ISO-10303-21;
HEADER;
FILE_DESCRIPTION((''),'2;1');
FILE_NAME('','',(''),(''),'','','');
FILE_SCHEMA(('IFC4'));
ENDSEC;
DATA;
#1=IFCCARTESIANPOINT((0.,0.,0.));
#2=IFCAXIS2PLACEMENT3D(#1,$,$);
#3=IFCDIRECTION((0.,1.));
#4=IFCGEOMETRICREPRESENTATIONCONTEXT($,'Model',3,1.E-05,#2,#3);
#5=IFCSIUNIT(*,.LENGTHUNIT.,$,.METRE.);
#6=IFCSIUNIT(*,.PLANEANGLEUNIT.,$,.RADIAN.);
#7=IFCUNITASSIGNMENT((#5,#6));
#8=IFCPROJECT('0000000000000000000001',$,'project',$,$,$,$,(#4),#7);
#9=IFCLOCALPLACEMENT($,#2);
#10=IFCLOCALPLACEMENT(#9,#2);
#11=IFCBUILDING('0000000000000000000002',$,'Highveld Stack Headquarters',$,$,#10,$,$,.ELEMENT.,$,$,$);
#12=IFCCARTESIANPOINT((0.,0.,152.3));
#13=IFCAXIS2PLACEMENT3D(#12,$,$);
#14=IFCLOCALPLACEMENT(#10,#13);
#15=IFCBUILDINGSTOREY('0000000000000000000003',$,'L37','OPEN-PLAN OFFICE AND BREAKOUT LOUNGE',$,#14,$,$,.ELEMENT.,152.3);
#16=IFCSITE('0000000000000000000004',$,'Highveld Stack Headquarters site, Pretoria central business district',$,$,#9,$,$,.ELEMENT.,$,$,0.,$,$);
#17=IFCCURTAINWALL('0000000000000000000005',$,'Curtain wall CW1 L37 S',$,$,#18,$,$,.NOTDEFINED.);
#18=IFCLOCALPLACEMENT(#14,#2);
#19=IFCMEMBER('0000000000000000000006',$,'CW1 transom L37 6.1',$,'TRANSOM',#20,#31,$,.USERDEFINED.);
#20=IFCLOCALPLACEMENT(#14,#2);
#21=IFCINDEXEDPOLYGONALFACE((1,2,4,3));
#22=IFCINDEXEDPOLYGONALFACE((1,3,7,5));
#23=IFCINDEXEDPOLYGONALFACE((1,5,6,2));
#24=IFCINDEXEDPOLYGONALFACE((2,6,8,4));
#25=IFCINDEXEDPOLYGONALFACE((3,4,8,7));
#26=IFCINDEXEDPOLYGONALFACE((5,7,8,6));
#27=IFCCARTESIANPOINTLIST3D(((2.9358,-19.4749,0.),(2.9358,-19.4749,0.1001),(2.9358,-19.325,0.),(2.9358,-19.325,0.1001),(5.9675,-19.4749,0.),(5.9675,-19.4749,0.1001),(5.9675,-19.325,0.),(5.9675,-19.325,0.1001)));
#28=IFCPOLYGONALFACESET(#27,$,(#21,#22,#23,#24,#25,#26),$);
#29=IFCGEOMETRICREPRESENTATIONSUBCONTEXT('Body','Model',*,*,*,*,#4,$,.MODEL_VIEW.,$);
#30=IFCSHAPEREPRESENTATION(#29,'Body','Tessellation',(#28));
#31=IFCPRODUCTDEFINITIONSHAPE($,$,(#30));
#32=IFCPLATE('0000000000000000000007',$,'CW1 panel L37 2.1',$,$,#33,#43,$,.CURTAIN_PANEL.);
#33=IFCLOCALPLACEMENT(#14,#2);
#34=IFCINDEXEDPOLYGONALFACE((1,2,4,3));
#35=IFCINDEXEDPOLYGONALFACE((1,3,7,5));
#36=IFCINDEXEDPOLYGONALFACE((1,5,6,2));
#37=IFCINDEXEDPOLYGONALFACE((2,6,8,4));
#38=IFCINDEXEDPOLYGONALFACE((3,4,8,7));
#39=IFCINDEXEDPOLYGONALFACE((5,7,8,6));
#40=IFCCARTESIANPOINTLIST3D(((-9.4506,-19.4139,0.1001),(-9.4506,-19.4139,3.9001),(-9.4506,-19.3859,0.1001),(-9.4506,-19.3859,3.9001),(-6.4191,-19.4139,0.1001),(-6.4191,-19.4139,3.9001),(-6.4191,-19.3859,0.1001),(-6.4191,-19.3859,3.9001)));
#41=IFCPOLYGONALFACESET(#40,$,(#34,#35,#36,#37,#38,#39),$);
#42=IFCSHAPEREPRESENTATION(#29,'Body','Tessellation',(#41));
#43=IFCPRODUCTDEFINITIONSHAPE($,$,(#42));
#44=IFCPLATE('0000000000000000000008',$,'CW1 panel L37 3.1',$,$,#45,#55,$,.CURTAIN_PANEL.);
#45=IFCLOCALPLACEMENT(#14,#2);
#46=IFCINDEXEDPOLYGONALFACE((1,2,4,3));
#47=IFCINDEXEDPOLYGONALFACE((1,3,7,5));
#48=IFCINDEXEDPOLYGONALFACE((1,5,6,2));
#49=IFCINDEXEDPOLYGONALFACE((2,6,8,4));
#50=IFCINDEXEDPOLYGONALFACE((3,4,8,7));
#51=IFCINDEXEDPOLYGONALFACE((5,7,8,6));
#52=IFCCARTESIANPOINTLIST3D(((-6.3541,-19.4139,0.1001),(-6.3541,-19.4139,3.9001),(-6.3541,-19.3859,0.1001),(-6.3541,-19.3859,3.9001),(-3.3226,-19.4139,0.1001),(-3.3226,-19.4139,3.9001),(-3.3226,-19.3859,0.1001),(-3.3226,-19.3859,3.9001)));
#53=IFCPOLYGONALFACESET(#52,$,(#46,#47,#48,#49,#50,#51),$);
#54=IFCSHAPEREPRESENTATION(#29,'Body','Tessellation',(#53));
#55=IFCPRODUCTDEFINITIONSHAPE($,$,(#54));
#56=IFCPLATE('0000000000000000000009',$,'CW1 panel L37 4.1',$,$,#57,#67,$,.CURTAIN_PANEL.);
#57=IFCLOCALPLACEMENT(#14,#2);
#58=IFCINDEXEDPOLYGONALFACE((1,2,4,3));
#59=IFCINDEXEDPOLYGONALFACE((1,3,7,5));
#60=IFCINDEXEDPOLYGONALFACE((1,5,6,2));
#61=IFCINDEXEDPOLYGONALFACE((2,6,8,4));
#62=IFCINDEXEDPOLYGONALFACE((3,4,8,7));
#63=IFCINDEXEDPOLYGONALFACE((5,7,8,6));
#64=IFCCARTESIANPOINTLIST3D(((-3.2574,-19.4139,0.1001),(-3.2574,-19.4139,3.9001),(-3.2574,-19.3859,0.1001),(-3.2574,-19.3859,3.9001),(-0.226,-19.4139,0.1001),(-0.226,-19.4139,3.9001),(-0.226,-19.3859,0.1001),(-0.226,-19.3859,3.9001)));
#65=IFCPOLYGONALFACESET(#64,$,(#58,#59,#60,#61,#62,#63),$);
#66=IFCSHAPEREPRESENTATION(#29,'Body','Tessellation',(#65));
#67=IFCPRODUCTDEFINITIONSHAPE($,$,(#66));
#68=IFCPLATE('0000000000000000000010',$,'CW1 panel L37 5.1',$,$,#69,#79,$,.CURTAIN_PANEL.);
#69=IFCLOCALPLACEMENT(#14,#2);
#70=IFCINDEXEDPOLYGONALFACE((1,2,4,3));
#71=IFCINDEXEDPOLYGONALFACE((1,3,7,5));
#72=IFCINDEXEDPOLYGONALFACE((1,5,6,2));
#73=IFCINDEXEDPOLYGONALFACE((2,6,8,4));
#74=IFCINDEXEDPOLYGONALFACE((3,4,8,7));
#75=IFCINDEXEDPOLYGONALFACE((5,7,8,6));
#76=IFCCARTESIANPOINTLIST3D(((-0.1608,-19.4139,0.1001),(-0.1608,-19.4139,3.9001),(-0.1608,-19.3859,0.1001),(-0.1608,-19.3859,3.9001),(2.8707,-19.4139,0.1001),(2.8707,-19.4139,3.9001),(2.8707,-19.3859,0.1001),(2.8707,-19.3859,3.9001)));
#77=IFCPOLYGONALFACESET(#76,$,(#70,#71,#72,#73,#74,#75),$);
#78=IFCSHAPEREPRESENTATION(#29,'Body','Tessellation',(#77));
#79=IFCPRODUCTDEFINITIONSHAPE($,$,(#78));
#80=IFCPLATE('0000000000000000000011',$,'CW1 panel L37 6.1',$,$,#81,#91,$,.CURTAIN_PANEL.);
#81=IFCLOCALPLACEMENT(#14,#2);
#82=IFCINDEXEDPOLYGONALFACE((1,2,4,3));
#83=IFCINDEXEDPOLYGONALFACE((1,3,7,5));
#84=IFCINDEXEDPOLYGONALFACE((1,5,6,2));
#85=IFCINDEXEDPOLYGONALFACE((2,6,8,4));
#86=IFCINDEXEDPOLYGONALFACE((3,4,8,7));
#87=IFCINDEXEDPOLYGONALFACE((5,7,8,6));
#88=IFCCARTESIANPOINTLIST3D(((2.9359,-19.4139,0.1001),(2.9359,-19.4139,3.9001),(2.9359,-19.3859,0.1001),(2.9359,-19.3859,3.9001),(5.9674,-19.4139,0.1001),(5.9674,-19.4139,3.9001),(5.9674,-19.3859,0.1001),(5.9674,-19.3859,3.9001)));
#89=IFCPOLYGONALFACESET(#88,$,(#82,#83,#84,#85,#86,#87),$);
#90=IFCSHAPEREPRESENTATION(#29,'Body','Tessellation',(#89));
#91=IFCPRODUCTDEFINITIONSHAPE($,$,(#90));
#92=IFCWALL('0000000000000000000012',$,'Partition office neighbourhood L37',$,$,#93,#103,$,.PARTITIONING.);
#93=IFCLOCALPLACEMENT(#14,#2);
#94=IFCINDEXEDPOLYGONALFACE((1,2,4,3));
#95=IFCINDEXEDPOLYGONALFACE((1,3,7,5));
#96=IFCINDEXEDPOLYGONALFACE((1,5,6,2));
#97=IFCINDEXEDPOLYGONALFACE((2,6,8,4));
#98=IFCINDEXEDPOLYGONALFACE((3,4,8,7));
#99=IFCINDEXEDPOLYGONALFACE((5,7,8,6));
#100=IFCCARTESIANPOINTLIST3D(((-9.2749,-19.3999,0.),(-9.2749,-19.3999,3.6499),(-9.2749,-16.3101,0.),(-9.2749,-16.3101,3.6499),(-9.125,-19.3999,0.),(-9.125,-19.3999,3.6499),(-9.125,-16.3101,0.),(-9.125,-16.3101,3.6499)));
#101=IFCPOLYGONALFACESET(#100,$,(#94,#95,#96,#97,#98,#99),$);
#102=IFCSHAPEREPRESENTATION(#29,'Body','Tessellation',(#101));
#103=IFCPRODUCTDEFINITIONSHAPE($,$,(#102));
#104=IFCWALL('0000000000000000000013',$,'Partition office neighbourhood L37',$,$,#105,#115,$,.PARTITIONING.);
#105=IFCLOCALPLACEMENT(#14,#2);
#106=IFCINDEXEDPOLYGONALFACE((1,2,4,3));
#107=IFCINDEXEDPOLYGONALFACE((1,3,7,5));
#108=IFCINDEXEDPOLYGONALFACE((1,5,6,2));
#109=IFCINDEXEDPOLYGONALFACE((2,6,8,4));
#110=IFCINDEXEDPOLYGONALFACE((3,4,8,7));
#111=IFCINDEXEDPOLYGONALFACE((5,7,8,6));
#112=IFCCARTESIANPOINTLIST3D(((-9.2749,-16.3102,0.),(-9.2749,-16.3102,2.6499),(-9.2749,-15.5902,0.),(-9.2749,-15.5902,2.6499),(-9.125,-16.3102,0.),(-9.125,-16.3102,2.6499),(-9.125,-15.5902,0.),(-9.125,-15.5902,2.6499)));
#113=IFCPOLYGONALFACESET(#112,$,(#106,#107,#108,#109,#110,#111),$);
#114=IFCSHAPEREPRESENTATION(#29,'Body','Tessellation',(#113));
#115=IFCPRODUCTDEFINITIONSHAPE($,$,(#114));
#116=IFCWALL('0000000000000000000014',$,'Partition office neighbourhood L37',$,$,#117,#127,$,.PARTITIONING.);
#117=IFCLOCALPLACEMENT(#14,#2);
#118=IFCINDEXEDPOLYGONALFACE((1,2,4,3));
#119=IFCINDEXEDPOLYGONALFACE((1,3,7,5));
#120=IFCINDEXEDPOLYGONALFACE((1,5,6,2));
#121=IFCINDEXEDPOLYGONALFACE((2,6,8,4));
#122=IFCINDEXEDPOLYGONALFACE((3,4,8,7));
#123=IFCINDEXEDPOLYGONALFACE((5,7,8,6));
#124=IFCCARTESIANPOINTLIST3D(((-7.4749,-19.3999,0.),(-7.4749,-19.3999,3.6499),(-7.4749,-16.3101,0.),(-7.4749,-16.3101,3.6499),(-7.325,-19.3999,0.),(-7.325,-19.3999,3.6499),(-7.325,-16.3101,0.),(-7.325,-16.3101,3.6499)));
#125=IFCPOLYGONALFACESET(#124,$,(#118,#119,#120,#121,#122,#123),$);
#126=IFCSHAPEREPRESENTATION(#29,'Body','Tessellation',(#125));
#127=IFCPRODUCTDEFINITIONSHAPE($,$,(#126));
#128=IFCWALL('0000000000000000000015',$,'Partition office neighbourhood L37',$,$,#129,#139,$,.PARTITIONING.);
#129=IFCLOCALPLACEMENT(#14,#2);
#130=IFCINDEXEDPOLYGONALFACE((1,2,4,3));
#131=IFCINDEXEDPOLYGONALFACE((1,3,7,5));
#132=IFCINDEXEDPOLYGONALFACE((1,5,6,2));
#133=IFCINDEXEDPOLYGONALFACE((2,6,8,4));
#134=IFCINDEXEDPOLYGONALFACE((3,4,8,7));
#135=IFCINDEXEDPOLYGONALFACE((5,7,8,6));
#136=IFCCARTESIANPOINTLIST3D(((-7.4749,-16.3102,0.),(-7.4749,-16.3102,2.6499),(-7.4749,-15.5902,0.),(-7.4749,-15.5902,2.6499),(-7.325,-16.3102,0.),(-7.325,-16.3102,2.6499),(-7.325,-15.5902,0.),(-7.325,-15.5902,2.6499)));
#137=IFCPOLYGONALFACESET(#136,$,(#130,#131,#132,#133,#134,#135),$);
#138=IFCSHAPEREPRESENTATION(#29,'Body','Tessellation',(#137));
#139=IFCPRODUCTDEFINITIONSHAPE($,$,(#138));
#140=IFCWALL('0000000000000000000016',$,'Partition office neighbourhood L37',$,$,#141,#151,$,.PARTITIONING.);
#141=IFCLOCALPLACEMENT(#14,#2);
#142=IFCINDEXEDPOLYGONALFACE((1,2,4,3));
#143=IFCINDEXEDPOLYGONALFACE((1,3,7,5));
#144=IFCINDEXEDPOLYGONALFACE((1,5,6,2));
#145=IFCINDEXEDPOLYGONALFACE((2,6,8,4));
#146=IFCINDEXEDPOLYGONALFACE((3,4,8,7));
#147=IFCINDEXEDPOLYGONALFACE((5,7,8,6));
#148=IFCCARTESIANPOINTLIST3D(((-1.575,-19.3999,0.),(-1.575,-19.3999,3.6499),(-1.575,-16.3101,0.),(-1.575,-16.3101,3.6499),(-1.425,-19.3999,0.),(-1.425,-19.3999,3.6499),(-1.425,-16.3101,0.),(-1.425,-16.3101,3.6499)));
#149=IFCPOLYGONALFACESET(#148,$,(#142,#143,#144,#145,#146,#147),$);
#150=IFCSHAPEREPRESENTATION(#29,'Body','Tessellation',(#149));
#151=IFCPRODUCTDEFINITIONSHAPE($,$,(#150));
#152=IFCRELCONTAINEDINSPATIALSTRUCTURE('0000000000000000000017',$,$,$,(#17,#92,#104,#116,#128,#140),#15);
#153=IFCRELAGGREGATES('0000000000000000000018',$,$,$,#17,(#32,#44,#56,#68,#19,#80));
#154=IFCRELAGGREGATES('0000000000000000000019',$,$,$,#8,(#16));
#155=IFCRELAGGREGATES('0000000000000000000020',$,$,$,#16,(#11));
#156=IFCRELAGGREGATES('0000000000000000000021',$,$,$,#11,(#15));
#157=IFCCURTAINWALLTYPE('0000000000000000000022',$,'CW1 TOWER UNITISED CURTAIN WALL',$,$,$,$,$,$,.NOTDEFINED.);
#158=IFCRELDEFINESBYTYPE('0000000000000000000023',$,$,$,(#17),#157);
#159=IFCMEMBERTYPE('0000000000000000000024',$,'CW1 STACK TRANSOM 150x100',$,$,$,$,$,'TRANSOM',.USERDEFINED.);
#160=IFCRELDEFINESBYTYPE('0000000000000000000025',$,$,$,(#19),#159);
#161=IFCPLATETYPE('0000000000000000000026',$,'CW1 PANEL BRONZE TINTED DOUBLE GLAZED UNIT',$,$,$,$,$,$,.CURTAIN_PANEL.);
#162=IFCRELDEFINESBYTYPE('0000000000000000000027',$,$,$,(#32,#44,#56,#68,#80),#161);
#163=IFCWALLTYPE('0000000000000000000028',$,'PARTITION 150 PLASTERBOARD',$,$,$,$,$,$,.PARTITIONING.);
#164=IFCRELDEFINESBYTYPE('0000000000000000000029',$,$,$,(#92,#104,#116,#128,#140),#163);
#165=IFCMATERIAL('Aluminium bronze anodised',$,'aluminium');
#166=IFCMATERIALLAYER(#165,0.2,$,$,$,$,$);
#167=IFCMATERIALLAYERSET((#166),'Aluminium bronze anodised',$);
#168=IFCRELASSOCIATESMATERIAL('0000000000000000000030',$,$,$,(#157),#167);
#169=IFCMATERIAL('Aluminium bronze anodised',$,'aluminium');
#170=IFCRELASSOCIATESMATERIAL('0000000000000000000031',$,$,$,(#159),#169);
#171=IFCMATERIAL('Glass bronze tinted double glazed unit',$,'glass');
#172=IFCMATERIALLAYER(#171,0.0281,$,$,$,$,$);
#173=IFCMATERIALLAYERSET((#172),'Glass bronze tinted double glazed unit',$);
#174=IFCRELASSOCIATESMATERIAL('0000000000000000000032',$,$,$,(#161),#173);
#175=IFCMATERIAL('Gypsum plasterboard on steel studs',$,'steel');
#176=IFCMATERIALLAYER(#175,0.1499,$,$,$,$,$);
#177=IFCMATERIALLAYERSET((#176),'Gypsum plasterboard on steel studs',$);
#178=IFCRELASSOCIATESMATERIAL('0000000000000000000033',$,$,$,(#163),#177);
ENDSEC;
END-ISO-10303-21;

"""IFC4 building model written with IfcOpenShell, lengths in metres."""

from ifc_helpers import new_model, si_unit, direction, frame, frame_2d, origin, origin_2d, place, context, subcontext, project, spatial, rectangle, extrude, material, layer, layer_set, material_profile, profile_set, type_object, element, aggregate, save


model = new_model("IFC4")

# Units and contexts
model_context = context("Model", 3, precision=1e-05, world=origin(), true_north=direction((0.0, 1.0)))
body_context = subcontext(model_context, "Body", "Model", "MODEL_VIEW")
ifc_project = project(units=[si_unit("LENGTHUNIT", "METRE"), si_unit("PLANEANGLEUNIT", "RADIAN")], contexts=[model_context])

# Site, building, storey
site_placement = place(None, origin())
site = spatial("IfcSite", under=ifc_project, at=site_placement, Name="Highveld Stack Headquarters site, Pretoria central business district", CompositionType="ELEMENT", RefElevation=0.0)
building_placement = place(site_placement, origin())
building = spatial("IfcBuilding", under=site, at=building_placement, Name="Highveld Stack Headquarters", CompositionType="ELEMENT")
storey_placement = place(building_placement, frame((0.0, 0.0, 152.3)))
storey = spatial("IfcBuildingStorey", under=building, at=storey_placement, Name="L37", Description="OPEN-PLAN OFFICE AND BREAKOUT LOUNGE", CompositionType="ELEMENT", Elevation=152.3)

# Curtain wall, member, plates
ifc_material_1 = material(Name="Aluminium bronze anodised", Category="aluminium")
ifc_layer_1 = layer(ifc_material_1, 0.2)
ifc_layer_set_1 = layer_set([ifc_layer_1], Name="Aluminium bronze anodised")
curtain_wall_type = type_object("IfcCurtainWallType", Name="CW1 TOWER UNITISED CURTAIN WALL", PredefinedType="NOTDEFINED", material=ifc_layer_set_1)
curtain_wall_placement = place(storey_placement, origin())
curtain_wall = element("IfcCurtainWall", 1, at=curtain_wall_placement, inside=storey, type_object=curtain_wall_type, Name="Curtain wall CW1 L37 S", PredefinedType="NOTDEFINED")
ifc_material_2 = material(Name="Aluminium bronze anodised", Category="aluminium")
ifc_material_profile_1 = material_profile(ifc_material_2, rectangle(XDim=0.1499, YDim=0.1001, at=origin_2d()), Name="CW1 TRANSOM 150x100")
ifc_profile_set_1 = profile_set([ifc_material_profile_1], Name="Aluminium bronze anodised")
member_type_1 = type_object("IfcMemberType", Name="CW1 STACK TRANSOM 150x100", ElementType="TRANSOM", PredefinedType="USERDEFINED", material=ifc_profile_set_1)
member_1_placement = place(storey_placement, frame((2.9358, -19.3999, 0.05), z_axis=(1.0, 0.0, 0.0), x_axis=(0.0, 1.0, 0.0)))
member_1 = element("IfcMember", 2, at=member_1_placement, type_object=member_type_1, Name="CW1 transom L37 6.1", ObjectType="TRANSOM", PredefinedType="USERDEFINED", context=body_context, shape_type="SweptSolid", body=[
    extrude(rectangle(XDim=0.1499, YDim=0.1001, at=origin_2d()), origin(), (0.0, 0.0, 1.0), 3.0317),
])
ifc_material_3 = material(Name="Glass bronze tinted double glazed unit", Category="glass")
ifc_layer_2 = layer(ifc_material_3, 0.0281)
ifc_layer_set_2 = layer_set([ifc_layer_2], Name="Glass bronze tinted double glazed unit")
plate_type = type_object("IfcPlateType", Name="CW1 PANEL BRONZE TINTED DOUBLE GLAZED UNIT", PredefinedType="CURTAIN_PANEL", material=ifc_layer_set_2)
plate_1_placement = place(storey_placement, frame((-7.9348, -19.3999, 0.1001), z_axis=(0.0, 0.0, 1.0), x_axis=(1.0, 0.0, 0.0)))
plate_1 = element("IfcPlate", 3, at=plate_1_placement, type_object=plate_type, Name="CW1 panel L37 2.1", PredefinedType="CURTAIN_PANEL", context=body_context, shape_type="SweptSolid", body=[
    extrude(rectangle(XDim=3.0315, YDim=0.0281, at=origin_2d()), origin(), (0.0, 0.0, 1.0), 3.8),
])
plate_2_placement = place(storey_placement, frame((-4.8384, -19.3999, 0.1001), z_axis=(0.0, 0.0, 1.0), x_axis=(1.0, 0.0, 0.0)))
plate_2 = element("IfcPlate", 4, at=plate_2_placement, type_object=plate_type, Name="CW1 panel L37 3.1", PredefinedType="CURTAIN_PANEL", context=body_context, shape_type="SweptSolid", body=[
    extrude(rectangle(XDim=3.0315, YDim=0.0281, at=origin_2d()), origin(), (0.0, 0.0, 1.0), 3.8),
])
plate_3_placement = place(storey_placement, frame((-1.7417, -19.3999, 0.1001), z_axis=(0.0, 0.0, 1.0), x_axis=(1.0, 0.0, 0.0)))
plate_3 = element("IfcPlate", 5, at=plate_3_placement, type_object=plate_type, Name="CW1 panel L37 4.1", PredefinedType="CURTAIN_PANEL", context=body_context, shape_type="SweptSolid", body=[
    extrude(rectangle(XDim=3.0315, YDim=0.0281, at=origin_2d()), origin(), (0.0, 0.0, 1.0), 3.8),
])
plate_4_placement = place(storey_placement, frame((1.355, -19.3999, 0.1001), z_axis=(0.0, 0.0, 1.0), x_axis=(1.0, 0.0, 0.0)))
plate_4 = element("IfcPlate", 6, at=plate_4_placement, type_object=plate_type, Name="CW1 panel L37 5.1", PredefinedType="CURTAIN_PANEL", context=body_context, shape_type="SweptSolid", body=[
    extrude(rectangle(XDim=3.0315, YDim=0.0281, at=origin_2d()), origin(), (0.0, 0.0, 1.0), 3.8),
])
plate_5_placement = place(storey_placement, frame((4.4517, -19.3999, 0.1001), z_axis=(0.0, 0.0, 1.0), x_axis=(1.0, 0.0, 0.0)))
plate_5 = element("IfcPlate", 7, at=plate_5_placement, type_object=plate_type, Name="CW1 panel L37 6.1", PredefinedType="CURTAIN_PANEL", context=body_context, shape_type="SweptSolid", body=[
    extrude(rectangle(XDim=3.0315, YDim=0.0281, at=origin_2d()), origin(), (0.0, 0.0, 1.0), 3.8),
])
aggregate(curtain_wall, [plate_1, plate_2, plate_3, plate_4, member_1, plate_5])

# Walls
ifc_material_4 = material(Name="Gypsum plasterboard on steel studs", Category="steel")
ifc_layer_3 = layer(ifc_material_4, 0.1499)
ifc_layer_set_3 = layer_set([ifc_layer_3], Name="Gypsum plasterboard on steel studs")
wall_type = type_object("IfcWallType", Name="PARTITION 150 PLASTERBOARD", PredefinedType="PARTITIONING", material=ifc_layer_set_3)
wall_1_placement = place(storey_placement, frame((-9.2, -19.3999, 0.0), z_axis=(0.0, 0.0, 1.0), x_axis=(0.0, 1.0, 0.0)))
element("IfcWall", 8, at=wall_1_placement, inside=storey, type_object=wall_type, Name="Partition office neighbourhood L37", PredefinedType="PARTITIONING", context=body_context, shape_type="SweptSolid", body=[
    extrude(rectangle(XDim=3.0898, YDim=0.1499, at=frame_2d((1.5449, 0.0))), origin(), (0.0, 0.0, 1.0), 3.6499),
])
wall_2_placement = place(storey_placement, frame((-9.2, -16.3101, 0.0), z_axis=(0.0, 0.0, 1.0), x_axis=(0.0, 1.0, 0.0)))
element("IfcWall", 9, at=wall_2_placement, inside=storey, type_object=wall_type, Name="Partition office neighbourhood L37", PredefinedType="PARTITIONING", context=body_context, shape_type="SweptSolid", body=[
    extrude(rectangle(XDim=0.72, YDim=0.1499, at=frame_2d((0.3599, 0.0))), origin(), (0.0, 0.0, 1.0), 2.6499),
])
wall_3_placement = place(storey_placement, frame((-7.3999, -19.3999, 0.0), z_axis=(0.0, 0.0, 1.0), x_axis=(0.0, 1.0, 0.0)))
element("IfcWall", 10, at=wall_3_placement, inside=storey, type_object=wall_type, Name="Partition office neighbourhood L37", PredefinedType="PARTITIONING", context=body_context, shape_type="SweptSolid", body=[
    extrude(rectangle(XDim=3.0898, YDim=0.1499, at=frame_2d((1.5449, 0.0))), origin(), (0.0, 0.0, 1.0), 3.6499),
])
wall_4_placement = place(storey_placement, frame((-7.3999, -16.3101, 0.0), z_axis=(0.0, 0.0, 1.0), x_axis=(0.0, 1.0, 0.0)))
element("IfcWall", 11, at=wall_4_placement, inside=storey, type_object=wall_type, Name="Partition office neighbourhood L37", PredefinedType="PARTITIONING", context=body_context, shape_type="SweptSolid", body=[
    extrude(rectangle(XDim=0.72, YDim=0.1499, at=frame_2d((0.3599, 0.0))), origin(), (0.0, 0.0, 1.0), 2.6499),
])
wall_5_placement = place(storey_placement, frame((-1.5, -19.3999, 0.0), z_axis=(0.0, 0.0, 1.0), x_axis=(0.0, 1.0, 0.0)))
element("IfcWall", 12, at=wall_5_placement, inside=storey, type_object=wall_type, Name="Partition office neighbourhood L37", PredefinedType="PARTITIONING", context=body_context, shape_type="SweptSolid", body=[
    extrude(rectangle(XDim=3.0898, YDim=0.1499, at=frame_2d((1.5449, 0.0))), origin(), (0.0, 0.0, 1.0), 3.6499),
])

save(model, "model.ifc")
